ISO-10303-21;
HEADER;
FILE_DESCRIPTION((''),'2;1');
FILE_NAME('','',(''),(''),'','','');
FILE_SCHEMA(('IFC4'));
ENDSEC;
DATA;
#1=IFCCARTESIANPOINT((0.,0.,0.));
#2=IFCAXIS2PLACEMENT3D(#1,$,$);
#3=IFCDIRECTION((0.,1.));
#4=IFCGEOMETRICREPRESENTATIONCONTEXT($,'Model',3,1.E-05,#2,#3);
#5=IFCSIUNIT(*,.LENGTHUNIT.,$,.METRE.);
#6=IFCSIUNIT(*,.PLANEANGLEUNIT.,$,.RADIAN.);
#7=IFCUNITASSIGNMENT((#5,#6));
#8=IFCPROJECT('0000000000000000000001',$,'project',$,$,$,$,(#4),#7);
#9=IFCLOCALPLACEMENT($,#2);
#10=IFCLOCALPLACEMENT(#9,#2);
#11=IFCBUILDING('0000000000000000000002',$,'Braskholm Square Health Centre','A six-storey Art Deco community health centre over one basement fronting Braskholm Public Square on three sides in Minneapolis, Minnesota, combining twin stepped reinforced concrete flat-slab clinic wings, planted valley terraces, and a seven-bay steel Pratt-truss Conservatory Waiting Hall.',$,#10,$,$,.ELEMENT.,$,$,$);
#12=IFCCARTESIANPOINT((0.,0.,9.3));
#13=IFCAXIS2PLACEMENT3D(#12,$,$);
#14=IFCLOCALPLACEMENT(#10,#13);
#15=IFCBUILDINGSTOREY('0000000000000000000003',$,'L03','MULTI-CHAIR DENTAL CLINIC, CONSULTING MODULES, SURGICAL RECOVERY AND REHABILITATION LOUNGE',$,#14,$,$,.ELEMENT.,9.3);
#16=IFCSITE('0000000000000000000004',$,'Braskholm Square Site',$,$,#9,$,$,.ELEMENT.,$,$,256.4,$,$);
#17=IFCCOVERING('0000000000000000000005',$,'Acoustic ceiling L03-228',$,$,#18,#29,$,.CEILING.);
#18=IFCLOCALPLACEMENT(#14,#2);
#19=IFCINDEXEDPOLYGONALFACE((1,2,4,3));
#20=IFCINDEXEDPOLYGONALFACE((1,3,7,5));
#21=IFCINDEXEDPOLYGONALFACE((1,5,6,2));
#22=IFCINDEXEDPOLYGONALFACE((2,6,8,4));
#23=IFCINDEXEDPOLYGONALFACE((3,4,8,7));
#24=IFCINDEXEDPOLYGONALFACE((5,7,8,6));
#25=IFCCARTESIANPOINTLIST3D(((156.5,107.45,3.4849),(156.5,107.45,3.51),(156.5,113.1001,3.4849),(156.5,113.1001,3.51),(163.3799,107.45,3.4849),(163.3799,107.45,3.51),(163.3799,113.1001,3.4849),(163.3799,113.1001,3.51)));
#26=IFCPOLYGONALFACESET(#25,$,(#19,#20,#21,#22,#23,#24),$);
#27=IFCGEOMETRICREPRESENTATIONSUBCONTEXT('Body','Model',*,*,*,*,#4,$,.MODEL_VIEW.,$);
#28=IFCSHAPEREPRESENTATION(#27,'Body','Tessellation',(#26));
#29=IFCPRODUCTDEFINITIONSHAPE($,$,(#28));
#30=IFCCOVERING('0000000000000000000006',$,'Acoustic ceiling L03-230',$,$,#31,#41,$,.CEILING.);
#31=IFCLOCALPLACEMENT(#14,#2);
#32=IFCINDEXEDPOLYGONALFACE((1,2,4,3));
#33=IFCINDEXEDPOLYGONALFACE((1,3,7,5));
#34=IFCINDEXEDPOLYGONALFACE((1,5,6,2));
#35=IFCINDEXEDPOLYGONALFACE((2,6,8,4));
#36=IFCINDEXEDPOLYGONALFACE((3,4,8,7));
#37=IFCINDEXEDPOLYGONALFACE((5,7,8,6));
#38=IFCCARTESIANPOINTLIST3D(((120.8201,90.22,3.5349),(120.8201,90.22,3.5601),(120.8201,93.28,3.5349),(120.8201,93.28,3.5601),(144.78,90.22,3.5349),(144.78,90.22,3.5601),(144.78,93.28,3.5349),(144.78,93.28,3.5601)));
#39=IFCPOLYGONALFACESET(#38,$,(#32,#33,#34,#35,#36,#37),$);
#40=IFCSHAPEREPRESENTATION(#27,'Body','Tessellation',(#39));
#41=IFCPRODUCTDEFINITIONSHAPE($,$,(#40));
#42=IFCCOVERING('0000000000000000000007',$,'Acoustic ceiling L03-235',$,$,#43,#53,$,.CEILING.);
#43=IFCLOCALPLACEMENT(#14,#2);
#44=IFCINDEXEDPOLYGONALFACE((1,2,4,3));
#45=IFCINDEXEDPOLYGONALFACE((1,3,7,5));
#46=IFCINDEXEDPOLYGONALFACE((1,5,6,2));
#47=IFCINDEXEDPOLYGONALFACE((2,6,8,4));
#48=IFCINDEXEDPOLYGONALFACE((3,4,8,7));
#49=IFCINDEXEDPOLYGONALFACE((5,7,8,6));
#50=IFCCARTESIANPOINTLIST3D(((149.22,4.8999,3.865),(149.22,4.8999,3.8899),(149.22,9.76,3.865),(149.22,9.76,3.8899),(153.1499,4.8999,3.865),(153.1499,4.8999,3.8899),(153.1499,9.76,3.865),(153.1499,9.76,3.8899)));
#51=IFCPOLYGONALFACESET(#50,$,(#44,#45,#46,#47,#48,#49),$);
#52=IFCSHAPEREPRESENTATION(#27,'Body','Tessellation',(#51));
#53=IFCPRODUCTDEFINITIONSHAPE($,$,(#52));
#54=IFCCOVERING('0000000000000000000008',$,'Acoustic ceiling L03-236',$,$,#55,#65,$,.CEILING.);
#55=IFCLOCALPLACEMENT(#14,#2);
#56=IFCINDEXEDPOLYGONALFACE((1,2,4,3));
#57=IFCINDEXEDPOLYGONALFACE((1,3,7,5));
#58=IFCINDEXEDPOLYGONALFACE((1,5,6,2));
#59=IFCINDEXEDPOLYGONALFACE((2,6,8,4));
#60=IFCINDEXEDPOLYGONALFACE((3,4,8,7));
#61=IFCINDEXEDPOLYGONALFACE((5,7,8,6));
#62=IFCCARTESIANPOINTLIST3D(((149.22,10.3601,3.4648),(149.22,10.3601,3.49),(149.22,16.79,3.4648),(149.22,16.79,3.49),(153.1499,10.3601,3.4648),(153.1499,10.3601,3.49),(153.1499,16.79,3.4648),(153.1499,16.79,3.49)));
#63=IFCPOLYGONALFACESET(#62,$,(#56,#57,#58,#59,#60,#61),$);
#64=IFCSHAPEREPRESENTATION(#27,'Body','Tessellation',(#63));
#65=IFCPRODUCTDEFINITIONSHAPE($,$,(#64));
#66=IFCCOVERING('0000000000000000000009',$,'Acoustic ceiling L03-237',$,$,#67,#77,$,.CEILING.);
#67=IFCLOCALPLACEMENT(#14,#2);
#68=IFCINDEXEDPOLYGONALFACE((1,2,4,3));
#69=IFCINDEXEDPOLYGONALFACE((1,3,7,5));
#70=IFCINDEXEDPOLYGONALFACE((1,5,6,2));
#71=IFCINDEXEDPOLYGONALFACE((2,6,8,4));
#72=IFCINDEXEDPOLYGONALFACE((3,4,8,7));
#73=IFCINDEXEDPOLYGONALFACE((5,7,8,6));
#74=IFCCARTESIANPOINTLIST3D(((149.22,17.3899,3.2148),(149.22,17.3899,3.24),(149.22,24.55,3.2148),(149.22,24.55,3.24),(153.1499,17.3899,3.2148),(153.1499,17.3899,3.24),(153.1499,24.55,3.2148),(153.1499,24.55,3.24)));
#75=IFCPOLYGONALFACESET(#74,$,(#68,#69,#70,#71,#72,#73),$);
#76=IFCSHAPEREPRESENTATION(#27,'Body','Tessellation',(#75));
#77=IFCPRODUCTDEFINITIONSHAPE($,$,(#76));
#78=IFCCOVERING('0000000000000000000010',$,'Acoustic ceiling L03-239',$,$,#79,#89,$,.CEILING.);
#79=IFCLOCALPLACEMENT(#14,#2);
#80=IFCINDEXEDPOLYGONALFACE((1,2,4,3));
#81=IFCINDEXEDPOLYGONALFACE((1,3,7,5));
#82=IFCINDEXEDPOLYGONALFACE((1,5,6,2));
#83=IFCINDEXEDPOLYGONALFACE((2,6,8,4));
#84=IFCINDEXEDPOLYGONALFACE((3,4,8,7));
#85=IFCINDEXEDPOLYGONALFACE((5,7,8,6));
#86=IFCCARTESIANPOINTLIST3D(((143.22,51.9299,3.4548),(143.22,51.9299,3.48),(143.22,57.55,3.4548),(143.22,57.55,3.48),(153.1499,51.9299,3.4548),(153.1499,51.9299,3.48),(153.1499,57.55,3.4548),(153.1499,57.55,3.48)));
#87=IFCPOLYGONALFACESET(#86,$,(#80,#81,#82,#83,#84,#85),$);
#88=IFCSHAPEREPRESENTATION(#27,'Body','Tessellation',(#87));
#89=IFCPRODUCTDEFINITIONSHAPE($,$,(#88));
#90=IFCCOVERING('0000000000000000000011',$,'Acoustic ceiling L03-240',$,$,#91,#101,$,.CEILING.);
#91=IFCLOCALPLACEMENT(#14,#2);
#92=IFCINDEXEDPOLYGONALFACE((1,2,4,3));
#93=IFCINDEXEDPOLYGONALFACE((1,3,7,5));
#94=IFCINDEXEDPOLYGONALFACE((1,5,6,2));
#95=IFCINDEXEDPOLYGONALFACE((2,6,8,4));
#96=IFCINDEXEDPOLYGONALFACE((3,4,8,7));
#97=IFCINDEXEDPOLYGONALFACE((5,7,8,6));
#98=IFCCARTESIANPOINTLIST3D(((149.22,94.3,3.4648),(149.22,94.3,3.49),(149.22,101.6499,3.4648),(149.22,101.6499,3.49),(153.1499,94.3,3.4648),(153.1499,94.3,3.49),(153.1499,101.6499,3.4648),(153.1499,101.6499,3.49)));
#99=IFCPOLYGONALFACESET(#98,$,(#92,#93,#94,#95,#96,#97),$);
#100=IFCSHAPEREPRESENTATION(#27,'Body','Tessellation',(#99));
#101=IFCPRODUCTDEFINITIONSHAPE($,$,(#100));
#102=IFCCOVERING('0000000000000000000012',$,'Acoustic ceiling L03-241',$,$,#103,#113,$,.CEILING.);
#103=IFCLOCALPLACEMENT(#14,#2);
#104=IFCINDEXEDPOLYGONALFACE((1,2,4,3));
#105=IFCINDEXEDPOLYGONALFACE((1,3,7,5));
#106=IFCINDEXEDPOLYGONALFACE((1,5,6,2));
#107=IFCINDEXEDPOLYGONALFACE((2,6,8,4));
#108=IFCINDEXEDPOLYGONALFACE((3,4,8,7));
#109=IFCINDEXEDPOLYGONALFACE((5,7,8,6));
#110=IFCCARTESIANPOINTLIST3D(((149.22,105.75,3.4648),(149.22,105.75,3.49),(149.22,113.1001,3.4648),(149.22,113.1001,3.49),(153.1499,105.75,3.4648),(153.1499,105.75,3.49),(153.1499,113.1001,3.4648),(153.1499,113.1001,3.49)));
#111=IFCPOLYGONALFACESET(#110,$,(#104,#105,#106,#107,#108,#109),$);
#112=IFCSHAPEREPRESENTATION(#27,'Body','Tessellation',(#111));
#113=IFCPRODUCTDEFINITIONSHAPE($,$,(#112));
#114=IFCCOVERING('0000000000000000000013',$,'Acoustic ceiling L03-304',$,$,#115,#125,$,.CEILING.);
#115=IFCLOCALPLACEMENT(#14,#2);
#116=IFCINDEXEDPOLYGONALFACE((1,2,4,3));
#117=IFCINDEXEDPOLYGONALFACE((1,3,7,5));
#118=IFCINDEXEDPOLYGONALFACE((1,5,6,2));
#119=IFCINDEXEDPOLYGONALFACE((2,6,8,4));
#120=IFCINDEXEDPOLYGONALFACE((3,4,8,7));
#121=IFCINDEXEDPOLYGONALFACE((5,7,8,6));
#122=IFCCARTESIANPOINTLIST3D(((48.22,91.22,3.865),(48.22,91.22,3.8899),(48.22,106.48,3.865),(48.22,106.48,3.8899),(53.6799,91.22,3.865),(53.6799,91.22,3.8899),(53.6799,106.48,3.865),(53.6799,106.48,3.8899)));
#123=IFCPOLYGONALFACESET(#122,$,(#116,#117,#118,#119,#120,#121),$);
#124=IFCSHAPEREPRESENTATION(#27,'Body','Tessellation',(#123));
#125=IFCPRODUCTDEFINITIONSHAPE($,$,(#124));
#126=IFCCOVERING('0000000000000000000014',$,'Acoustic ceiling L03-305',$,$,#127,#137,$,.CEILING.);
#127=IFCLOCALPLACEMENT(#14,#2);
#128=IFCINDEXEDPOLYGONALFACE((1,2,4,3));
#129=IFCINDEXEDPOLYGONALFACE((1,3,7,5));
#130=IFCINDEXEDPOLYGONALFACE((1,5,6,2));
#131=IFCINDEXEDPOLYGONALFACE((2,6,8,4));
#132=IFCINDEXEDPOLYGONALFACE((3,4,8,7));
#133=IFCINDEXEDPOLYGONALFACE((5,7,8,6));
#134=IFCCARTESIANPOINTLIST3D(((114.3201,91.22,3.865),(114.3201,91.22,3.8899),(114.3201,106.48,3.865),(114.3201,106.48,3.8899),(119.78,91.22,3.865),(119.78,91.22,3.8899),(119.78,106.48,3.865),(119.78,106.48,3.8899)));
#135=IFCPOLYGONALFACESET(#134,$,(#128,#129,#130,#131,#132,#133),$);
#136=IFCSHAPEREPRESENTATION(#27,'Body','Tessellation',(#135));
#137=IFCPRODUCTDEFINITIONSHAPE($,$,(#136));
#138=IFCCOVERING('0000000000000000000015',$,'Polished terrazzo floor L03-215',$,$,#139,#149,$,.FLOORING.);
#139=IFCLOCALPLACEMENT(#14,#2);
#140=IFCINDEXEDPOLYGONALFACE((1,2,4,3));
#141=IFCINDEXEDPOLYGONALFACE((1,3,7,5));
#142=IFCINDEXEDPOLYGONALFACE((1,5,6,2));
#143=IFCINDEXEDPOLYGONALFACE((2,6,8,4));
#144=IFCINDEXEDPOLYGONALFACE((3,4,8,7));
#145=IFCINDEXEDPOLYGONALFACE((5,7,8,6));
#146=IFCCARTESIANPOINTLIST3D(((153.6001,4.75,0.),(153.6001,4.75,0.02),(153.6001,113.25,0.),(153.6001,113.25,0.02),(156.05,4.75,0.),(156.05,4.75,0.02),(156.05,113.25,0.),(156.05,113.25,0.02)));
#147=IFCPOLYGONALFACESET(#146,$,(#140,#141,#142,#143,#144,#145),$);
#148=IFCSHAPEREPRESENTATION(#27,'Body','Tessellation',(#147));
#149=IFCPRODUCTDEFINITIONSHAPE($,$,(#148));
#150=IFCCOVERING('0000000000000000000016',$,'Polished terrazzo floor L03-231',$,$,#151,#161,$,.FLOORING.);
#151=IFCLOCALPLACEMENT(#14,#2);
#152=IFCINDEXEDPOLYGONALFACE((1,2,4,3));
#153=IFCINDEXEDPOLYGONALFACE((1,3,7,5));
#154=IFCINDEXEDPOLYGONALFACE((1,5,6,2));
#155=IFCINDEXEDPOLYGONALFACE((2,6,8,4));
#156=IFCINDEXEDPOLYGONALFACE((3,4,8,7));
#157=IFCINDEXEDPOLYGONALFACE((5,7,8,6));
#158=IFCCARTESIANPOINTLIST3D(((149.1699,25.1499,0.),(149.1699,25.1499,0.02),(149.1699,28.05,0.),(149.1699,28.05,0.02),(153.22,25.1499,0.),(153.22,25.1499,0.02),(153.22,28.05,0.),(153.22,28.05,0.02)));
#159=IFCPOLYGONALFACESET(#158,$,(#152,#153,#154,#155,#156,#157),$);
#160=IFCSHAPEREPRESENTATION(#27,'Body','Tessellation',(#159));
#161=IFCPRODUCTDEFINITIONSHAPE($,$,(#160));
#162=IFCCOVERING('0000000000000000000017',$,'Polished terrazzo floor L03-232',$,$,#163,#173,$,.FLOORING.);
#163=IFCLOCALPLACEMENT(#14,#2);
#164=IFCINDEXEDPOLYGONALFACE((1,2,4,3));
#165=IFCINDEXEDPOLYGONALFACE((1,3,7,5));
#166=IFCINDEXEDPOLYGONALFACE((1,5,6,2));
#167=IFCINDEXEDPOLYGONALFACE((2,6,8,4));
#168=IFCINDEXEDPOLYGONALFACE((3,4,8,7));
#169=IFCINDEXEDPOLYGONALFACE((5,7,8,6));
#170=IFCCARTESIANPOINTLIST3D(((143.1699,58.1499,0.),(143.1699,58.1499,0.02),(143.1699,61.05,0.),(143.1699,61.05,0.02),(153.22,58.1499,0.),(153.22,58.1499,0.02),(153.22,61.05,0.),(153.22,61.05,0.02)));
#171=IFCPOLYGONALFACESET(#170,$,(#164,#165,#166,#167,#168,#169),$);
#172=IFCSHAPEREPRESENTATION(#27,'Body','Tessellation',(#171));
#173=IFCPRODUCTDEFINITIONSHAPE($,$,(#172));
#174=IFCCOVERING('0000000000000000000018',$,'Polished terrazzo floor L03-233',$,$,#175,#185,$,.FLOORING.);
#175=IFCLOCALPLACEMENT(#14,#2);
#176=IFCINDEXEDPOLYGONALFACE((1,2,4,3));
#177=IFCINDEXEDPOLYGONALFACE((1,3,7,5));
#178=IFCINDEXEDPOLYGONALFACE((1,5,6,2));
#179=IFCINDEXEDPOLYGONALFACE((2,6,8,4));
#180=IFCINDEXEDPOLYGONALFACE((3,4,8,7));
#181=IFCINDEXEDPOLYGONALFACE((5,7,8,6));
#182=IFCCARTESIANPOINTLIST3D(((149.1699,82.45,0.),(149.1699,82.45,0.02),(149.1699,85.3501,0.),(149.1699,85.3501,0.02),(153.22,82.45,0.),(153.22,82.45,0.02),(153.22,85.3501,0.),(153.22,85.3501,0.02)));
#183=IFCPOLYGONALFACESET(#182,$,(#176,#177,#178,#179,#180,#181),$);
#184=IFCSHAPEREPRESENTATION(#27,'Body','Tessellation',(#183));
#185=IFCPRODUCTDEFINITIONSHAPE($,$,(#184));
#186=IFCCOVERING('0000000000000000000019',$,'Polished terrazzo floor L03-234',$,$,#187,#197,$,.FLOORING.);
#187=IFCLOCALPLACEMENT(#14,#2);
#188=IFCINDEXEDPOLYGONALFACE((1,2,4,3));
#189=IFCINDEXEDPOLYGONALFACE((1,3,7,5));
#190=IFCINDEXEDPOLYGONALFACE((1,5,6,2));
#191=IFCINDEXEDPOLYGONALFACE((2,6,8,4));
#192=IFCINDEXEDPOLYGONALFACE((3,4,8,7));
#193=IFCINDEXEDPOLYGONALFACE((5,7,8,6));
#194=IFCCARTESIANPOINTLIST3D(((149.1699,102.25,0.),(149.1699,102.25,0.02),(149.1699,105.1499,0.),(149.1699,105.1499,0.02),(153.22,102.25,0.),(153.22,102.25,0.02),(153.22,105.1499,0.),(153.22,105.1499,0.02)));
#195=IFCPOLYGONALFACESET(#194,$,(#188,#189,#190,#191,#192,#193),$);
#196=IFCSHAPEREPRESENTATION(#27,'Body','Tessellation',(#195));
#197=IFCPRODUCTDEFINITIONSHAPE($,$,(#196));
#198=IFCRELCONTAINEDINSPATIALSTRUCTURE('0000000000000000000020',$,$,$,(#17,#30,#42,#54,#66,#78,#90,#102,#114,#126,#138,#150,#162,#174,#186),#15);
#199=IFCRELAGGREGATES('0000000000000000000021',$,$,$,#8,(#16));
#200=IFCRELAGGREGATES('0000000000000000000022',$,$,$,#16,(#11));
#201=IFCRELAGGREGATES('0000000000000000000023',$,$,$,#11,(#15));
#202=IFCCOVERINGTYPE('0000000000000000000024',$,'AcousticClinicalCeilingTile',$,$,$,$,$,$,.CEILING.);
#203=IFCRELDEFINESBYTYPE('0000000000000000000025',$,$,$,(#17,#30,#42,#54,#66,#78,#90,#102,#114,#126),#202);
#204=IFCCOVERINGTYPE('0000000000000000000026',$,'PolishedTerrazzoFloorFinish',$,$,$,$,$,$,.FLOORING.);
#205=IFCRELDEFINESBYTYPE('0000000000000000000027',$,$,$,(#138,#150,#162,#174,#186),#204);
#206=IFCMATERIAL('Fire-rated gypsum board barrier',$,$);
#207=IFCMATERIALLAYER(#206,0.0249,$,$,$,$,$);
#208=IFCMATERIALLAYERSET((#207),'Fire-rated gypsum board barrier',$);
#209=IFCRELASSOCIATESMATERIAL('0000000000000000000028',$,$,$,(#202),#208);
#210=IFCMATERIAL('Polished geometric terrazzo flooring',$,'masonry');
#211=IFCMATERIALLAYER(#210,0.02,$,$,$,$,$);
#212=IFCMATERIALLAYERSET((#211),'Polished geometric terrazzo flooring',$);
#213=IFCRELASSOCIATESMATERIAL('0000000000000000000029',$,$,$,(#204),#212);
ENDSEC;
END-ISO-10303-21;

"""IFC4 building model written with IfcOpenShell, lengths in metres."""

from ifc_helpers import new_model, si_unit, direction, frame, origin, place, context, subcontext, project, spatial, polyline, outline, extrude, material, layer, layer_set, type_object, element, save


model = new_model("IFC4")

# Units and contexts
model_context = context("Model", 3, precision=1e-05, world=origin(), true_north=direction((0.0, 1.0)))
body_context = subcontext(model_context, "Body", "Model", "MODEL_VIEW")
ifc_project = project(units=[si_unit("LENGTHUNIT", "METRE"), si_unit("PLANEANGLEUNIT", "RADIAN")], contexts=[model_context])

# Site, building, storey
site_placement = place(None, origin())
site = spatial("IfcSite", under=ifc_project, at=site_placement, Name="Braskholm Square Site", CompositionType="ELEMENT", RefElevation=256.4)
building_placement = place(site_placement, origin())
building = spatial("IfcBuilding", under=site, at=building_placement, Name="Braskholm Square Health Centre", Description="A six-storey Art Deco community health centre over one basement fronting Braskholm Public Square on three sides in Minneapolis, Minnesota, combining twin stepped reinforced concrete flat-slab clinic wings, planted valley terraces, and a seven-bay steel Pratt-truss Conservatory Waiting Hall.", CompositionType="ELEMENT")
storey_placement = place(building_placement, frame((0.0, 0.0, 9.3)))
storey = spatial("IfcBuildingStorey", under=building, at=storey_placement, Name="L03", Description="MULTI-CHAIR DENTAL CLINIC, CONSULTING MODULES, SURGICAL RECOVERY AND REHABILITATION LOUNGE", CompositionType="ELEMENT", Elevation=9.3)

# Coverings
ifc_material_1 = material(Name="Fire-rated gypsum board barrier")
ifc_layer_1 = layer(ifc_material_1, 0.0249)
ifc_layer_set_1 = layer_set([ifc_layer_1], Name="Fire-rated gypsum board barrier")
covering_type_1 = type_object("IfcCoveringType", Name="AcousticClinicalCeilingTile", PredefinedType="CEILING", material=ifc_layer_set_1)
covering_1_placement = place(storey_placement, frame((0.0, 0.0, 3.4849)))
element("IfcCovering", 1, at=covering_1_placement, inside=storey, type_object=covering_type_1, Name="Acoustic ceiling L03-228", PredefinedType="CEILING", context=body_context, shape_type="SweptSolid", body=[
    extrude(outline(polyline([(156.5, 107.45), (163.3799, 107.45), (163.3799, 113.1001), (156.5, 113.1001), (156.5, 107.45)])), origin(), (0.0, 0.0, 1.0), 0.0251),
])
covering_2_placement = place(storey_placement, frame((0.0, 0.0, 3.5349)))
element("IfcCovering", 2, at=covering_2_placement, inside=storey, type_object=covering_type_1, Name="Acoustic ceiling L03-230", PredefinedType="CEILING", context=body_context, shape_type="SweptSolid", body=[
    extrude(outline(polyline([(120.8201, 90.22), (144.78, 90.22), (144.78, 93.28), (120.8201, 93.28), (120.8201, 90.22)])), origin(), (0.0, 0.0, 1.0), 0.0251),
])
covering_3_placement = place(storey_placement, frame((0.0, 0.0, 3.865)))
element("IfcCovering", 3, at=covering_3_placement, inside=storey, type_object=covering_type_1, Name="Acoustic ceiling L03-235", PredefinedType="CEILING", context=body_context, shape_type="SweptSolid", body=[
    extrude(outline(polyline([(149.22, 4.8999), (153.1499, 4.8999), (153.1499, 9.76), (149.22, 9.76), (149.22, 4.8999)])), origin(), (0.0, 0.0, 1.0), 0.0249),
])
covering_4_placement = place(storey_placement, frame((0.0, 0.0, 3.4648)))
element("IfcCovering", 4, at=covering_4_placement, inside=storey, type_object=covering_type_1, Name="Acoustic ceiling L03-236", PredefinedType="CEILING", context=body_context, shape_type="SweptSolid", body=[
    extrude(outline(polyline([(149.22, 10.3601), (153.1499, 10.3601), (153.1499, 16.79), (149.22, 16.79), (149.22, 10.3601)])), origin(), (0.0, 0.0, 1.0), 0.0251),
])
covering_5_placement = place(storey_placement, frame((0.0, 0.0, 3.2148)))
element("IfcCovering", 5, at=covering_5_placement, inside=storey, type_object=covering_type_1, Name="Acoustic ceiling L03-237", PredefinedType="CEILING", context=body_context, shape_type="SweptSolid", body=[
    extrude(outline(polyline([(149.22, 17.3899), (153.1499, 17.3899), (153.1499, 24.55), (149.22, 24.55), (149.22, 17.3899)])), origin(), (0.0, 0.0, 1.0), 0.0251),
])
covering_6_placement = place(storey_placement, frame((0.0, 0.0, 3.4548)))
element("IfcCovering", 6, at=covering_6_placement, inside=storey, type_object=covering_type_1, Name="Acoustic ceiling L03-239", PredefinedType="CEILING", context=body_context, shape_type="SweptSolid", body=[
    extrude(outline(polyline([(143.22, 51.9299), (153.1499, 51.9299), (153.1499, 57.55), (143.22, 57.55), (143.22, 51.9299)])), origin(), (0.0, 0.0, 1.0), 0.0251),
])
covering_7_placement = place(storey_placement, frame((0.0, 0.0, 3.4648)))
element("IfcCovering", 7, at=covering_7_placement, inside=storey, type_object=covering_type_1, Name="Acoustic ceiling L03-240", PredefinedType="CEILING", context=body_context, shape_type="SweptSolid", body=[
    extrude(outline(polyline([(149.22, 94.3), (153.1499, 94.3), (153.1499, 101.6499), (149.22, 101.6499), (149.22, 94.3)])), origin(), (0.0, 0.0, 1.0), 0.0251),
])
covering_8_placement = place(storey_placement, frame((0.0, 0.0, 3.4648)))
element("IfcCovering", 8, at=covering_8_placement, inside=storey, type_object=covering_type_1, Name="Acoustic ceiling L03-241", PredefinedType="CEILING", context=body_context, shape_type="SweptSolid", body=[
    extrude(outline(polyline([(149.22, 105.75), (153.1499, 105.75), (153.1499, 113.1001), (149.22, 113.1001), (149.22, 105.75)])), origin(), (0.0, 0.0, 1.0), 0.0251),
])
covering_9_placement = place(storey_placement, frame((0.0, 0.0, 3.865)))
element("IfcCovering", 9, at=covering_9_placement, inside=storey, type_object=covering_type_1, Name="Acoustic ceiling L03-304", PredefinedType="CEILING", context=body_context, shape_type="SweptSolid", body=[
    extrude(outline(polyline([(48.22, 91.22), (53.6799, 91.22), (53.6799, 106.48), (48.22, 106.48), (48.22, 91.22)])), origin(), (0.0, 0.0, 1.0), 0.0249),
])
covering_10_placement = place(storey_placement, frame((0.0, 0.0, 3.865)))
element("IfcCovering", 10, at=covering_10_placement, inside=storey, type_object=covering_type_1, Name="Acoustic ceiling L03-305", PredefinedType="CEILING", context=body_context, shape_type="SweptSolid", body=[
    extrude(outline(polyline([(114.3201, 91.22), (119.78, 91.22), (119.78, 106.48), (114.3201, 106.48), (114.3201, 91.22)])), origin(), (0.0, 0.0, 1.0), 0.0249),
])
ifc_material_2 = material(Name="Polished geometric terrazzo flooring", Category="masonry")
ifc_layer_2 = layer(ifc_material_2, 0.02)
ifc_layer_set_2 = layer_set([ifc_layer_2], Name="Polished geometric terrazzo flooring")
covering_type_2 = type_object("IfcCoveringType", Name="PolishedTerrazzoFloorFinish", PredefinedType="FLOORING", material=ifc_layer_set_2)
covering_11_placement = place(storey_placement, origin())
element("IfcCovering", 11, at=covering_11_placement, inside=storey, type_object=covering_type_2, Name="Polished terrazzo floor L03-215", PredefinedType="FLOORING", context=body_context, shape_type="SweptSolid", body=[
    extrude(outline(polyline([(153.6001, 4.75), (156.05, 4.75), (156.05, 113.25), (153.6001, 113.25), (153.6001, 4.75)])), origin(), (0.0, 0.0, 1.0), 0.02),
])
covering_12_placement = place(storey_placement, origin())
element("IfcCovering", 12, at=covering_12_placement, inside=storey, type_object=covering_type_2, Name="Polished terrazzo floor L03-231", PredefinedType="FLOORING", context=body_context, shape_type="SweptSolid", body=[
    extrude(outline(polyline([(149.1699, 25.1499), (153.22, 25.1499), (153.22, 28.05), (149.1699, 28.05), (149.1699, 25.1499)])), origin(), (0.0, 0.0, 1.0), 0.02),
])
covering_13_placement = place(storey_placement, origin())
element("IfcCovering", 13, at=covering_13_placement, inside=storey, type_object=covering_type_2, Name="Polished terrazzo floor L03-232", PredefinedType="FLOORING", context=body_context, shape_type="SweptSolid", body=[
    extrude(outline(polyline([(143.1699, 58.1499), (153.22, 58.1499), (153.22, 61.05), (143.1699, 61.05), (143.1699, 58.1499)])), origin(), (0.0, 0.0, 1.0), 0.02),
])
covering_14_placement = place(storey_placement, origin())
element("IfcCovering", 14, at=covering_14_placement, inside=storey, type_object=covering_type_2, Name="Polished terrazzo floor L03-233", PredefinedType="FLOORING", context=body_context, shape_type="SweptSolid", body=[
    extrude(outline(polyline([(149.1699, 82.45), (153.22, 82.45), (153.22, 85.3501), (149.1699, 85.3501), (149.1699, 82.45)])), origin(), (0.0, 0.0, 1.0), 0.02),
])
covering_15_placement = place(storey_placement, origin())
element("IfcCovering", 15, at=covering_15_placement, inside=storey, type_object=covering_type_2, Name="Polished terrazzo floor L03-234", PredefinedType="FLOORING", context=body_context, shape_type="SweptSolid", body=[
    extrude(outline(polyline([(149.1699, 102.25), (153.22, 102.25), (153.22, 105.1499), (149.1699, 105.1499), (149.1699, 102.25)])), origin(), (0.0, 0.0, 1.0), 0.02),
])

save(model, "model.ifc")
